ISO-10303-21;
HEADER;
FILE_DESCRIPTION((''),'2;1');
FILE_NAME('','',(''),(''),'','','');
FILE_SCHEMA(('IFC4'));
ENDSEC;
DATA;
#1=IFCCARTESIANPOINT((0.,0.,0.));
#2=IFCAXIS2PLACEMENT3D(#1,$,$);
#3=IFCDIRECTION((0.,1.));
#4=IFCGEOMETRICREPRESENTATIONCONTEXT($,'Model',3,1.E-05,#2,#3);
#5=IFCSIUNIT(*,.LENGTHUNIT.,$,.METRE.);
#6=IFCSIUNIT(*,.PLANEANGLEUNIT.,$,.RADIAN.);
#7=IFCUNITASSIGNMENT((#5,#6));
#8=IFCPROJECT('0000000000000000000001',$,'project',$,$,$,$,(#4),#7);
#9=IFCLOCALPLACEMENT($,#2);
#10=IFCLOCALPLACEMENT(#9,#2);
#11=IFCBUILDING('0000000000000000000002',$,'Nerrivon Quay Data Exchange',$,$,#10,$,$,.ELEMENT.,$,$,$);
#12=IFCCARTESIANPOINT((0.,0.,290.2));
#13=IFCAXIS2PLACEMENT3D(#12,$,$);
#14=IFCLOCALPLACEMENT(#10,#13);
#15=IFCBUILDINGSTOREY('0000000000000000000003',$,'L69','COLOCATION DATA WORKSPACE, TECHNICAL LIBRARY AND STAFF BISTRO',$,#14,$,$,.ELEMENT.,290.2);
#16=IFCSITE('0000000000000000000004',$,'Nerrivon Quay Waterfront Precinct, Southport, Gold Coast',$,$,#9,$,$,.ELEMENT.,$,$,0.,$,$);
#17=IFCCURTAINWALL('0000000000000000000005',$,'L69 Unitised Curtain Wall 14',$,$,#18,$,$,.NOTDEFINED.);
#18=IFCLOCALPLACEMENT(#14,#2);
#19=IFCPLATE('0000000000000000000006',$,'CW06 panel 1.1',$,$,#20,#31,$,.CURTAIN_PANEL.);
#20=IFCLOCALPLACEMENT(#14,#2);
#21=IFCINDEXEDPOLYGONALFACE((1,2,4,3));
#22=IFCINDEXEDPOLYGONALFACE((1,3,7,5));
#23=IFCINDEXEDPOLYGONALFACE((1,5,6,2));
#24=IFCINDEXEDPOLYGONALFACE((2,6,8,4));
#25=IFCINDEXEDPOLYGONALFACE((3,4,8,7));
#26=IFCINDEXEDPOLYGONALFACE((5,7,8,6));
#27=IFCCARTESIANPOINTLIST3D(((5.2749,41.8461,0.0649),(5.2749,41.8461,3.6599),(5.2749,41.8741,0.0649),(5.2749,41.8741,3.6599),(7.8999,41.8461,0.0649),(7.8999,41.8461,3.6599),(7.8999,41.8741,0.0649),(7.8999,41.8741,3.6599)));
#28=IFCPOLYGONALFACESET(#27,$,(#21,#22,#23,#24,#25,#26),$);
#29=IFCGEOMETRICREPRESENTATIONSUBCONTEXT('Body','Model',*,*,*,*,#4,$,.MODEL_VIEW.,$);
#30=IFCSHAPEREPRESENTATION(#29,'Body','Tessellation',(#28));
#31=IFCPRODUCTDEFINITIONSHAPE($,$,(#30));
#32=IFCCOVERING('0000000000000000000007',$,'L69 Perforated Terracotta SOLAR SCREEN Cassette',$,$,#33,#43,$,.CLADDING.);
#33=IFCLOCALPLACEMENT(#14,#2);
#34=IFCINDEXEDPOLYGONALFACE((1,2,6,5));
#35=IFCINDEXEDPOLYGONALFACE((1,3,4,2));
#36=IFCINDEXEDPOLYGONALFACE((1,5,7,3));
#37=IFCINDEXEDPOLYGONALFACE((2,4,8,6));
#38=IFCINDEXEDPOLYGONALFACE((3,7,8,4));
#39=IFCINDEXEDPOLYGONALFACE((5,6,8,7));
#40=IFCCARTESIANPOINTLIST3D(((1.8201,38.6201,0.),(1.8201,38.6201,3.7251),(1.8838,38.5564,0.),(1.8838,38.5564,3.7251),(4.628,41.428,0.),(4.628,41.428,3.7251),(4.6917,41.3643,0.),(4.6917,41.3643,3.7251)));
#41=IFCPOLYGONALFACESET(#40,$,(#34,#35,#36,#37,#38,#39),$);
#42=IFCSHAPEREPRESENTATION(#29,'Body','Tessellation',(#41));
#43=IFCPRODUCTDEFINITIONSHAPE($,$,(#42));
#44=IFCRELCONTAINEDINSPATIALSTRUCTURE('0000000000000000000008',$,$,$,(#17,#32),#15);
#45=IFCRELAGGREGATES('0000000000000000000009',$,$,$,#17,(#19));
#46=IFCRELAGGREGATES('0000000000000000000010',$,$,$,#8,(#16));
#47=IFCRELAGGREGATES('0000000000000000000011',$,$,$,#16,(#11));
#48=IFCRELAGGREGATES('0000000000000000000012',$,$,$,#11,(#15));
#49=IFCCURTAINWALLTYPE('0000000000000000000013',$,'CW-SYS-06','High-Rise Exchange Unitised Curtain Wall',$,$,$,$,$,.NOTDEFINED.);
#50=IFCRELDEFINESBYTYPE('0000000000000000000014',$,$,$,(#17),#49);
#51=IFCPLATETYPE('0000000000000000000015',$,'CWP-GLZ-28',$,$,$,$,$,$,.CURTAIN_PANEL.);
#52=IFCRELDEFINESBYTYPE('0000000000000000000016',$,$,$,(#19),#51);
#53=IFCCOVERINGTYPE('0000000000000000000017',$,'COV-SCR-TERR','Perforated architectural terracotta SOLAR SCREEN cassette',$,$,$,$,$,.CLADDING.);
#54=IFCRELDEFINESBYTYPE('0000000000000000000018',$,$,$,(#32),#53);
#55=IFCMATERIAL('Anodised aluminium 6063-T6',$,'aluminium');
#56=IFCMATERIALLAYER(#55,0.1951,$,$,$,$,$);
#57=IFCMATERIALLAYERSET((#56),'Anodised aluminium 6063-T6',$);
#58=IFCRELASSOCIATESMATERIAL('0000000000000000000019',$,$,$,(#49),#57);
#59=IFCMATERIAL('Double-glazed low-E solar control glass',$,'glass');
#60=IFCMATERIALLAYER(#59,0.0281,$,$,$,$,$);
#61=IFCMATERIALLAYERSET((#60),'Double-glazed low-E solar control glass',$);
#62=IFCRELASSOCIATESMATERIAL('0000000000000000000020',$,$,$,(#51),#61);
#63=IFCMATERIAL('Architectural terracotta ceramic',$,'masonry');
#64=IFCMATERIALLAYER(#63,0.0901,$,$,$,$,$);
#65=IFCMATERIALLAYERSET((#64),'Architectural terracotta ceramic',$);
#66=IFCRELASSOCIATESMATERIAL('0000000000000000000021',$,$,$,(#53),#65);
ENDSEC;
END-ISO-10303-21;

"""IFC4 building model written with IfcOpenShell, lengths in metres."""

from ifc_helpers import new_model, si_unit, direction, frame, origin, origin_2d, place, context, subcontext, project, spatial, rectangle, extrude, material, layer, layer_set, type_object, element, aggregate, save


model = new_model("IFC4")

# Units and contexts
model_context = context("Model", 3, precision=1e-05, world=origin(), true_north=direction((0.0, 1.0)))
body_context = subcontext(model_context, "Body", "Model", "MODEL_VIEW")
ifc_project = project(units=[si_unit("LENGTHUNIT", "METRE"), si_unit("PLANEANGLEUNIT", "RADIAN")], contexts=[model_context])

# Site, building, storey
site_placement = place(None, origin())
site = spatial("IfcSite", under=ifc_project, at=site_placement, Name="Nerrivon Quay Waterfront Precinct, Southport, Gold Coast", CompositionType="ELEMENT", RefElevation=0.0)
building_placement = place(site_placement, origin())
building = spatial("IfcBuilding", under=site, at=building_placement, Name="Nerrivon Quay Data Exchange", CompositionType="ELEMENT")
storey_placement = place(building_placement, frame((0.0, 0.0, 290.2)))
storey = spatial("IfcBuildingStorey", under=building, at=storey_placement, Name="L69", Description="COLOCATION DATA WORKSPACE, TECHNICAL LIBRARY AND STAFF BISTRO", CompositionType="ELEMENT", Elevation=290.2)

# Shared definitions
ifc_material_1 = material(Name="Anodised aluminium 6063-T6", Category="aluminium")
ifc_layer_1 = layer(ifc_material_1, 0.1951)
ifc_layer_set_1 = layer_set([ifc_layer_1], Name="Anodised aluminium 6063-T6")
curtain_wall_type = type_object("IfcCurtainWallType", Name="CW-SYS-06", Description="High-Rise Exchange Unitised Curtain Wall", PredefinedType="NOTDEFINED", material=ifc_layer_set_1)

# Curtain wall
curtain_wall_1_placement = place(storey_placement, origin())
curtain_wall_1 = element("IfcCurtainWall", 1, at=curtain_wall_1_placement, inside=storey, type_object=curtain_wall_type, Name="L69 Unitised Curtain Wall 14", PredefinedType="NOTDEFINED")

# Plate
ifc_material_2 = material(Name="Double-glazed low-E solar control glass", Category="glass")
ifc_layer_2 = layer(ifc_material_2, 0.0281)
ifc_layer_set_2 = layer_set([ifc_layer_2], Name="Double-glazed low-E solar control glass")
plate_type = type_object("IfcPlateType", Name="CWP-GLZ-28", PredefinedType="CURTAIN_PANEL", material=ifc_layer_set_2)
plate_1_placement = place(storey_placement, frame((6.5874, 41.8601, 0.0649), z_axis=(0.0, 0.0, 1.0), x_axis=(1.0, 0.0, 0.0)))
plate_1 = element("IfcPlate", 2, at=plate_1_placement, type_object=plate_type, Name="CW06 panel 1.1", PredefinedType="CURTAIN_PANEL", context=body_context, shape_type="SweptSolid", body=[
    extrude(rectangle(XDim=2.625, YDim=0.0281, at=origin_2d()), origin(), (0.0, 0.0, 1.0), 3.595),
])
aggregate(curtain_wall_1, [plate_1])

# Covering
ifc_material_3 = material(Name="Architectural terracotta ceramic", Category="masonry")
ifc_layer_3 = layer(ifc_material_3, 0.0901)
ifc_layer_set_3 = layer_set([ifc_layer_3], Name="Architectural terracotta ceramic")
covering_type = type_object("IfcCoveringType", Name="COV-SCR-TERR", Description="Perforated architectural terracotta SOLAR SCREEN cassette", PredefinedType="CLADDING", material=ifc_layer_set_3)
covering_placement = place(storey_placement, frame((3.2559, 39.9922, 0.0), z_axis=(0.0, 0.0, 1.0), x_axis=(0.707107, 0.707107, 0.0)))
element("IfcCovering", 3, at=covering_placement, inside=storey, type_object=covering_type, Name="L69 Perforated Terracotta SOLAR SCREEN Cassette", PredefinedType="CLADDING", context=body_context, shape_type="SweptSolid", body=[
    extrude(rectangle(XDim=3.9709, YDim=0.0901, at=origin_2d()), origin(), (0.0, 0.0, 1.0), 3.7251),
])

save(model, "model.ifc")
